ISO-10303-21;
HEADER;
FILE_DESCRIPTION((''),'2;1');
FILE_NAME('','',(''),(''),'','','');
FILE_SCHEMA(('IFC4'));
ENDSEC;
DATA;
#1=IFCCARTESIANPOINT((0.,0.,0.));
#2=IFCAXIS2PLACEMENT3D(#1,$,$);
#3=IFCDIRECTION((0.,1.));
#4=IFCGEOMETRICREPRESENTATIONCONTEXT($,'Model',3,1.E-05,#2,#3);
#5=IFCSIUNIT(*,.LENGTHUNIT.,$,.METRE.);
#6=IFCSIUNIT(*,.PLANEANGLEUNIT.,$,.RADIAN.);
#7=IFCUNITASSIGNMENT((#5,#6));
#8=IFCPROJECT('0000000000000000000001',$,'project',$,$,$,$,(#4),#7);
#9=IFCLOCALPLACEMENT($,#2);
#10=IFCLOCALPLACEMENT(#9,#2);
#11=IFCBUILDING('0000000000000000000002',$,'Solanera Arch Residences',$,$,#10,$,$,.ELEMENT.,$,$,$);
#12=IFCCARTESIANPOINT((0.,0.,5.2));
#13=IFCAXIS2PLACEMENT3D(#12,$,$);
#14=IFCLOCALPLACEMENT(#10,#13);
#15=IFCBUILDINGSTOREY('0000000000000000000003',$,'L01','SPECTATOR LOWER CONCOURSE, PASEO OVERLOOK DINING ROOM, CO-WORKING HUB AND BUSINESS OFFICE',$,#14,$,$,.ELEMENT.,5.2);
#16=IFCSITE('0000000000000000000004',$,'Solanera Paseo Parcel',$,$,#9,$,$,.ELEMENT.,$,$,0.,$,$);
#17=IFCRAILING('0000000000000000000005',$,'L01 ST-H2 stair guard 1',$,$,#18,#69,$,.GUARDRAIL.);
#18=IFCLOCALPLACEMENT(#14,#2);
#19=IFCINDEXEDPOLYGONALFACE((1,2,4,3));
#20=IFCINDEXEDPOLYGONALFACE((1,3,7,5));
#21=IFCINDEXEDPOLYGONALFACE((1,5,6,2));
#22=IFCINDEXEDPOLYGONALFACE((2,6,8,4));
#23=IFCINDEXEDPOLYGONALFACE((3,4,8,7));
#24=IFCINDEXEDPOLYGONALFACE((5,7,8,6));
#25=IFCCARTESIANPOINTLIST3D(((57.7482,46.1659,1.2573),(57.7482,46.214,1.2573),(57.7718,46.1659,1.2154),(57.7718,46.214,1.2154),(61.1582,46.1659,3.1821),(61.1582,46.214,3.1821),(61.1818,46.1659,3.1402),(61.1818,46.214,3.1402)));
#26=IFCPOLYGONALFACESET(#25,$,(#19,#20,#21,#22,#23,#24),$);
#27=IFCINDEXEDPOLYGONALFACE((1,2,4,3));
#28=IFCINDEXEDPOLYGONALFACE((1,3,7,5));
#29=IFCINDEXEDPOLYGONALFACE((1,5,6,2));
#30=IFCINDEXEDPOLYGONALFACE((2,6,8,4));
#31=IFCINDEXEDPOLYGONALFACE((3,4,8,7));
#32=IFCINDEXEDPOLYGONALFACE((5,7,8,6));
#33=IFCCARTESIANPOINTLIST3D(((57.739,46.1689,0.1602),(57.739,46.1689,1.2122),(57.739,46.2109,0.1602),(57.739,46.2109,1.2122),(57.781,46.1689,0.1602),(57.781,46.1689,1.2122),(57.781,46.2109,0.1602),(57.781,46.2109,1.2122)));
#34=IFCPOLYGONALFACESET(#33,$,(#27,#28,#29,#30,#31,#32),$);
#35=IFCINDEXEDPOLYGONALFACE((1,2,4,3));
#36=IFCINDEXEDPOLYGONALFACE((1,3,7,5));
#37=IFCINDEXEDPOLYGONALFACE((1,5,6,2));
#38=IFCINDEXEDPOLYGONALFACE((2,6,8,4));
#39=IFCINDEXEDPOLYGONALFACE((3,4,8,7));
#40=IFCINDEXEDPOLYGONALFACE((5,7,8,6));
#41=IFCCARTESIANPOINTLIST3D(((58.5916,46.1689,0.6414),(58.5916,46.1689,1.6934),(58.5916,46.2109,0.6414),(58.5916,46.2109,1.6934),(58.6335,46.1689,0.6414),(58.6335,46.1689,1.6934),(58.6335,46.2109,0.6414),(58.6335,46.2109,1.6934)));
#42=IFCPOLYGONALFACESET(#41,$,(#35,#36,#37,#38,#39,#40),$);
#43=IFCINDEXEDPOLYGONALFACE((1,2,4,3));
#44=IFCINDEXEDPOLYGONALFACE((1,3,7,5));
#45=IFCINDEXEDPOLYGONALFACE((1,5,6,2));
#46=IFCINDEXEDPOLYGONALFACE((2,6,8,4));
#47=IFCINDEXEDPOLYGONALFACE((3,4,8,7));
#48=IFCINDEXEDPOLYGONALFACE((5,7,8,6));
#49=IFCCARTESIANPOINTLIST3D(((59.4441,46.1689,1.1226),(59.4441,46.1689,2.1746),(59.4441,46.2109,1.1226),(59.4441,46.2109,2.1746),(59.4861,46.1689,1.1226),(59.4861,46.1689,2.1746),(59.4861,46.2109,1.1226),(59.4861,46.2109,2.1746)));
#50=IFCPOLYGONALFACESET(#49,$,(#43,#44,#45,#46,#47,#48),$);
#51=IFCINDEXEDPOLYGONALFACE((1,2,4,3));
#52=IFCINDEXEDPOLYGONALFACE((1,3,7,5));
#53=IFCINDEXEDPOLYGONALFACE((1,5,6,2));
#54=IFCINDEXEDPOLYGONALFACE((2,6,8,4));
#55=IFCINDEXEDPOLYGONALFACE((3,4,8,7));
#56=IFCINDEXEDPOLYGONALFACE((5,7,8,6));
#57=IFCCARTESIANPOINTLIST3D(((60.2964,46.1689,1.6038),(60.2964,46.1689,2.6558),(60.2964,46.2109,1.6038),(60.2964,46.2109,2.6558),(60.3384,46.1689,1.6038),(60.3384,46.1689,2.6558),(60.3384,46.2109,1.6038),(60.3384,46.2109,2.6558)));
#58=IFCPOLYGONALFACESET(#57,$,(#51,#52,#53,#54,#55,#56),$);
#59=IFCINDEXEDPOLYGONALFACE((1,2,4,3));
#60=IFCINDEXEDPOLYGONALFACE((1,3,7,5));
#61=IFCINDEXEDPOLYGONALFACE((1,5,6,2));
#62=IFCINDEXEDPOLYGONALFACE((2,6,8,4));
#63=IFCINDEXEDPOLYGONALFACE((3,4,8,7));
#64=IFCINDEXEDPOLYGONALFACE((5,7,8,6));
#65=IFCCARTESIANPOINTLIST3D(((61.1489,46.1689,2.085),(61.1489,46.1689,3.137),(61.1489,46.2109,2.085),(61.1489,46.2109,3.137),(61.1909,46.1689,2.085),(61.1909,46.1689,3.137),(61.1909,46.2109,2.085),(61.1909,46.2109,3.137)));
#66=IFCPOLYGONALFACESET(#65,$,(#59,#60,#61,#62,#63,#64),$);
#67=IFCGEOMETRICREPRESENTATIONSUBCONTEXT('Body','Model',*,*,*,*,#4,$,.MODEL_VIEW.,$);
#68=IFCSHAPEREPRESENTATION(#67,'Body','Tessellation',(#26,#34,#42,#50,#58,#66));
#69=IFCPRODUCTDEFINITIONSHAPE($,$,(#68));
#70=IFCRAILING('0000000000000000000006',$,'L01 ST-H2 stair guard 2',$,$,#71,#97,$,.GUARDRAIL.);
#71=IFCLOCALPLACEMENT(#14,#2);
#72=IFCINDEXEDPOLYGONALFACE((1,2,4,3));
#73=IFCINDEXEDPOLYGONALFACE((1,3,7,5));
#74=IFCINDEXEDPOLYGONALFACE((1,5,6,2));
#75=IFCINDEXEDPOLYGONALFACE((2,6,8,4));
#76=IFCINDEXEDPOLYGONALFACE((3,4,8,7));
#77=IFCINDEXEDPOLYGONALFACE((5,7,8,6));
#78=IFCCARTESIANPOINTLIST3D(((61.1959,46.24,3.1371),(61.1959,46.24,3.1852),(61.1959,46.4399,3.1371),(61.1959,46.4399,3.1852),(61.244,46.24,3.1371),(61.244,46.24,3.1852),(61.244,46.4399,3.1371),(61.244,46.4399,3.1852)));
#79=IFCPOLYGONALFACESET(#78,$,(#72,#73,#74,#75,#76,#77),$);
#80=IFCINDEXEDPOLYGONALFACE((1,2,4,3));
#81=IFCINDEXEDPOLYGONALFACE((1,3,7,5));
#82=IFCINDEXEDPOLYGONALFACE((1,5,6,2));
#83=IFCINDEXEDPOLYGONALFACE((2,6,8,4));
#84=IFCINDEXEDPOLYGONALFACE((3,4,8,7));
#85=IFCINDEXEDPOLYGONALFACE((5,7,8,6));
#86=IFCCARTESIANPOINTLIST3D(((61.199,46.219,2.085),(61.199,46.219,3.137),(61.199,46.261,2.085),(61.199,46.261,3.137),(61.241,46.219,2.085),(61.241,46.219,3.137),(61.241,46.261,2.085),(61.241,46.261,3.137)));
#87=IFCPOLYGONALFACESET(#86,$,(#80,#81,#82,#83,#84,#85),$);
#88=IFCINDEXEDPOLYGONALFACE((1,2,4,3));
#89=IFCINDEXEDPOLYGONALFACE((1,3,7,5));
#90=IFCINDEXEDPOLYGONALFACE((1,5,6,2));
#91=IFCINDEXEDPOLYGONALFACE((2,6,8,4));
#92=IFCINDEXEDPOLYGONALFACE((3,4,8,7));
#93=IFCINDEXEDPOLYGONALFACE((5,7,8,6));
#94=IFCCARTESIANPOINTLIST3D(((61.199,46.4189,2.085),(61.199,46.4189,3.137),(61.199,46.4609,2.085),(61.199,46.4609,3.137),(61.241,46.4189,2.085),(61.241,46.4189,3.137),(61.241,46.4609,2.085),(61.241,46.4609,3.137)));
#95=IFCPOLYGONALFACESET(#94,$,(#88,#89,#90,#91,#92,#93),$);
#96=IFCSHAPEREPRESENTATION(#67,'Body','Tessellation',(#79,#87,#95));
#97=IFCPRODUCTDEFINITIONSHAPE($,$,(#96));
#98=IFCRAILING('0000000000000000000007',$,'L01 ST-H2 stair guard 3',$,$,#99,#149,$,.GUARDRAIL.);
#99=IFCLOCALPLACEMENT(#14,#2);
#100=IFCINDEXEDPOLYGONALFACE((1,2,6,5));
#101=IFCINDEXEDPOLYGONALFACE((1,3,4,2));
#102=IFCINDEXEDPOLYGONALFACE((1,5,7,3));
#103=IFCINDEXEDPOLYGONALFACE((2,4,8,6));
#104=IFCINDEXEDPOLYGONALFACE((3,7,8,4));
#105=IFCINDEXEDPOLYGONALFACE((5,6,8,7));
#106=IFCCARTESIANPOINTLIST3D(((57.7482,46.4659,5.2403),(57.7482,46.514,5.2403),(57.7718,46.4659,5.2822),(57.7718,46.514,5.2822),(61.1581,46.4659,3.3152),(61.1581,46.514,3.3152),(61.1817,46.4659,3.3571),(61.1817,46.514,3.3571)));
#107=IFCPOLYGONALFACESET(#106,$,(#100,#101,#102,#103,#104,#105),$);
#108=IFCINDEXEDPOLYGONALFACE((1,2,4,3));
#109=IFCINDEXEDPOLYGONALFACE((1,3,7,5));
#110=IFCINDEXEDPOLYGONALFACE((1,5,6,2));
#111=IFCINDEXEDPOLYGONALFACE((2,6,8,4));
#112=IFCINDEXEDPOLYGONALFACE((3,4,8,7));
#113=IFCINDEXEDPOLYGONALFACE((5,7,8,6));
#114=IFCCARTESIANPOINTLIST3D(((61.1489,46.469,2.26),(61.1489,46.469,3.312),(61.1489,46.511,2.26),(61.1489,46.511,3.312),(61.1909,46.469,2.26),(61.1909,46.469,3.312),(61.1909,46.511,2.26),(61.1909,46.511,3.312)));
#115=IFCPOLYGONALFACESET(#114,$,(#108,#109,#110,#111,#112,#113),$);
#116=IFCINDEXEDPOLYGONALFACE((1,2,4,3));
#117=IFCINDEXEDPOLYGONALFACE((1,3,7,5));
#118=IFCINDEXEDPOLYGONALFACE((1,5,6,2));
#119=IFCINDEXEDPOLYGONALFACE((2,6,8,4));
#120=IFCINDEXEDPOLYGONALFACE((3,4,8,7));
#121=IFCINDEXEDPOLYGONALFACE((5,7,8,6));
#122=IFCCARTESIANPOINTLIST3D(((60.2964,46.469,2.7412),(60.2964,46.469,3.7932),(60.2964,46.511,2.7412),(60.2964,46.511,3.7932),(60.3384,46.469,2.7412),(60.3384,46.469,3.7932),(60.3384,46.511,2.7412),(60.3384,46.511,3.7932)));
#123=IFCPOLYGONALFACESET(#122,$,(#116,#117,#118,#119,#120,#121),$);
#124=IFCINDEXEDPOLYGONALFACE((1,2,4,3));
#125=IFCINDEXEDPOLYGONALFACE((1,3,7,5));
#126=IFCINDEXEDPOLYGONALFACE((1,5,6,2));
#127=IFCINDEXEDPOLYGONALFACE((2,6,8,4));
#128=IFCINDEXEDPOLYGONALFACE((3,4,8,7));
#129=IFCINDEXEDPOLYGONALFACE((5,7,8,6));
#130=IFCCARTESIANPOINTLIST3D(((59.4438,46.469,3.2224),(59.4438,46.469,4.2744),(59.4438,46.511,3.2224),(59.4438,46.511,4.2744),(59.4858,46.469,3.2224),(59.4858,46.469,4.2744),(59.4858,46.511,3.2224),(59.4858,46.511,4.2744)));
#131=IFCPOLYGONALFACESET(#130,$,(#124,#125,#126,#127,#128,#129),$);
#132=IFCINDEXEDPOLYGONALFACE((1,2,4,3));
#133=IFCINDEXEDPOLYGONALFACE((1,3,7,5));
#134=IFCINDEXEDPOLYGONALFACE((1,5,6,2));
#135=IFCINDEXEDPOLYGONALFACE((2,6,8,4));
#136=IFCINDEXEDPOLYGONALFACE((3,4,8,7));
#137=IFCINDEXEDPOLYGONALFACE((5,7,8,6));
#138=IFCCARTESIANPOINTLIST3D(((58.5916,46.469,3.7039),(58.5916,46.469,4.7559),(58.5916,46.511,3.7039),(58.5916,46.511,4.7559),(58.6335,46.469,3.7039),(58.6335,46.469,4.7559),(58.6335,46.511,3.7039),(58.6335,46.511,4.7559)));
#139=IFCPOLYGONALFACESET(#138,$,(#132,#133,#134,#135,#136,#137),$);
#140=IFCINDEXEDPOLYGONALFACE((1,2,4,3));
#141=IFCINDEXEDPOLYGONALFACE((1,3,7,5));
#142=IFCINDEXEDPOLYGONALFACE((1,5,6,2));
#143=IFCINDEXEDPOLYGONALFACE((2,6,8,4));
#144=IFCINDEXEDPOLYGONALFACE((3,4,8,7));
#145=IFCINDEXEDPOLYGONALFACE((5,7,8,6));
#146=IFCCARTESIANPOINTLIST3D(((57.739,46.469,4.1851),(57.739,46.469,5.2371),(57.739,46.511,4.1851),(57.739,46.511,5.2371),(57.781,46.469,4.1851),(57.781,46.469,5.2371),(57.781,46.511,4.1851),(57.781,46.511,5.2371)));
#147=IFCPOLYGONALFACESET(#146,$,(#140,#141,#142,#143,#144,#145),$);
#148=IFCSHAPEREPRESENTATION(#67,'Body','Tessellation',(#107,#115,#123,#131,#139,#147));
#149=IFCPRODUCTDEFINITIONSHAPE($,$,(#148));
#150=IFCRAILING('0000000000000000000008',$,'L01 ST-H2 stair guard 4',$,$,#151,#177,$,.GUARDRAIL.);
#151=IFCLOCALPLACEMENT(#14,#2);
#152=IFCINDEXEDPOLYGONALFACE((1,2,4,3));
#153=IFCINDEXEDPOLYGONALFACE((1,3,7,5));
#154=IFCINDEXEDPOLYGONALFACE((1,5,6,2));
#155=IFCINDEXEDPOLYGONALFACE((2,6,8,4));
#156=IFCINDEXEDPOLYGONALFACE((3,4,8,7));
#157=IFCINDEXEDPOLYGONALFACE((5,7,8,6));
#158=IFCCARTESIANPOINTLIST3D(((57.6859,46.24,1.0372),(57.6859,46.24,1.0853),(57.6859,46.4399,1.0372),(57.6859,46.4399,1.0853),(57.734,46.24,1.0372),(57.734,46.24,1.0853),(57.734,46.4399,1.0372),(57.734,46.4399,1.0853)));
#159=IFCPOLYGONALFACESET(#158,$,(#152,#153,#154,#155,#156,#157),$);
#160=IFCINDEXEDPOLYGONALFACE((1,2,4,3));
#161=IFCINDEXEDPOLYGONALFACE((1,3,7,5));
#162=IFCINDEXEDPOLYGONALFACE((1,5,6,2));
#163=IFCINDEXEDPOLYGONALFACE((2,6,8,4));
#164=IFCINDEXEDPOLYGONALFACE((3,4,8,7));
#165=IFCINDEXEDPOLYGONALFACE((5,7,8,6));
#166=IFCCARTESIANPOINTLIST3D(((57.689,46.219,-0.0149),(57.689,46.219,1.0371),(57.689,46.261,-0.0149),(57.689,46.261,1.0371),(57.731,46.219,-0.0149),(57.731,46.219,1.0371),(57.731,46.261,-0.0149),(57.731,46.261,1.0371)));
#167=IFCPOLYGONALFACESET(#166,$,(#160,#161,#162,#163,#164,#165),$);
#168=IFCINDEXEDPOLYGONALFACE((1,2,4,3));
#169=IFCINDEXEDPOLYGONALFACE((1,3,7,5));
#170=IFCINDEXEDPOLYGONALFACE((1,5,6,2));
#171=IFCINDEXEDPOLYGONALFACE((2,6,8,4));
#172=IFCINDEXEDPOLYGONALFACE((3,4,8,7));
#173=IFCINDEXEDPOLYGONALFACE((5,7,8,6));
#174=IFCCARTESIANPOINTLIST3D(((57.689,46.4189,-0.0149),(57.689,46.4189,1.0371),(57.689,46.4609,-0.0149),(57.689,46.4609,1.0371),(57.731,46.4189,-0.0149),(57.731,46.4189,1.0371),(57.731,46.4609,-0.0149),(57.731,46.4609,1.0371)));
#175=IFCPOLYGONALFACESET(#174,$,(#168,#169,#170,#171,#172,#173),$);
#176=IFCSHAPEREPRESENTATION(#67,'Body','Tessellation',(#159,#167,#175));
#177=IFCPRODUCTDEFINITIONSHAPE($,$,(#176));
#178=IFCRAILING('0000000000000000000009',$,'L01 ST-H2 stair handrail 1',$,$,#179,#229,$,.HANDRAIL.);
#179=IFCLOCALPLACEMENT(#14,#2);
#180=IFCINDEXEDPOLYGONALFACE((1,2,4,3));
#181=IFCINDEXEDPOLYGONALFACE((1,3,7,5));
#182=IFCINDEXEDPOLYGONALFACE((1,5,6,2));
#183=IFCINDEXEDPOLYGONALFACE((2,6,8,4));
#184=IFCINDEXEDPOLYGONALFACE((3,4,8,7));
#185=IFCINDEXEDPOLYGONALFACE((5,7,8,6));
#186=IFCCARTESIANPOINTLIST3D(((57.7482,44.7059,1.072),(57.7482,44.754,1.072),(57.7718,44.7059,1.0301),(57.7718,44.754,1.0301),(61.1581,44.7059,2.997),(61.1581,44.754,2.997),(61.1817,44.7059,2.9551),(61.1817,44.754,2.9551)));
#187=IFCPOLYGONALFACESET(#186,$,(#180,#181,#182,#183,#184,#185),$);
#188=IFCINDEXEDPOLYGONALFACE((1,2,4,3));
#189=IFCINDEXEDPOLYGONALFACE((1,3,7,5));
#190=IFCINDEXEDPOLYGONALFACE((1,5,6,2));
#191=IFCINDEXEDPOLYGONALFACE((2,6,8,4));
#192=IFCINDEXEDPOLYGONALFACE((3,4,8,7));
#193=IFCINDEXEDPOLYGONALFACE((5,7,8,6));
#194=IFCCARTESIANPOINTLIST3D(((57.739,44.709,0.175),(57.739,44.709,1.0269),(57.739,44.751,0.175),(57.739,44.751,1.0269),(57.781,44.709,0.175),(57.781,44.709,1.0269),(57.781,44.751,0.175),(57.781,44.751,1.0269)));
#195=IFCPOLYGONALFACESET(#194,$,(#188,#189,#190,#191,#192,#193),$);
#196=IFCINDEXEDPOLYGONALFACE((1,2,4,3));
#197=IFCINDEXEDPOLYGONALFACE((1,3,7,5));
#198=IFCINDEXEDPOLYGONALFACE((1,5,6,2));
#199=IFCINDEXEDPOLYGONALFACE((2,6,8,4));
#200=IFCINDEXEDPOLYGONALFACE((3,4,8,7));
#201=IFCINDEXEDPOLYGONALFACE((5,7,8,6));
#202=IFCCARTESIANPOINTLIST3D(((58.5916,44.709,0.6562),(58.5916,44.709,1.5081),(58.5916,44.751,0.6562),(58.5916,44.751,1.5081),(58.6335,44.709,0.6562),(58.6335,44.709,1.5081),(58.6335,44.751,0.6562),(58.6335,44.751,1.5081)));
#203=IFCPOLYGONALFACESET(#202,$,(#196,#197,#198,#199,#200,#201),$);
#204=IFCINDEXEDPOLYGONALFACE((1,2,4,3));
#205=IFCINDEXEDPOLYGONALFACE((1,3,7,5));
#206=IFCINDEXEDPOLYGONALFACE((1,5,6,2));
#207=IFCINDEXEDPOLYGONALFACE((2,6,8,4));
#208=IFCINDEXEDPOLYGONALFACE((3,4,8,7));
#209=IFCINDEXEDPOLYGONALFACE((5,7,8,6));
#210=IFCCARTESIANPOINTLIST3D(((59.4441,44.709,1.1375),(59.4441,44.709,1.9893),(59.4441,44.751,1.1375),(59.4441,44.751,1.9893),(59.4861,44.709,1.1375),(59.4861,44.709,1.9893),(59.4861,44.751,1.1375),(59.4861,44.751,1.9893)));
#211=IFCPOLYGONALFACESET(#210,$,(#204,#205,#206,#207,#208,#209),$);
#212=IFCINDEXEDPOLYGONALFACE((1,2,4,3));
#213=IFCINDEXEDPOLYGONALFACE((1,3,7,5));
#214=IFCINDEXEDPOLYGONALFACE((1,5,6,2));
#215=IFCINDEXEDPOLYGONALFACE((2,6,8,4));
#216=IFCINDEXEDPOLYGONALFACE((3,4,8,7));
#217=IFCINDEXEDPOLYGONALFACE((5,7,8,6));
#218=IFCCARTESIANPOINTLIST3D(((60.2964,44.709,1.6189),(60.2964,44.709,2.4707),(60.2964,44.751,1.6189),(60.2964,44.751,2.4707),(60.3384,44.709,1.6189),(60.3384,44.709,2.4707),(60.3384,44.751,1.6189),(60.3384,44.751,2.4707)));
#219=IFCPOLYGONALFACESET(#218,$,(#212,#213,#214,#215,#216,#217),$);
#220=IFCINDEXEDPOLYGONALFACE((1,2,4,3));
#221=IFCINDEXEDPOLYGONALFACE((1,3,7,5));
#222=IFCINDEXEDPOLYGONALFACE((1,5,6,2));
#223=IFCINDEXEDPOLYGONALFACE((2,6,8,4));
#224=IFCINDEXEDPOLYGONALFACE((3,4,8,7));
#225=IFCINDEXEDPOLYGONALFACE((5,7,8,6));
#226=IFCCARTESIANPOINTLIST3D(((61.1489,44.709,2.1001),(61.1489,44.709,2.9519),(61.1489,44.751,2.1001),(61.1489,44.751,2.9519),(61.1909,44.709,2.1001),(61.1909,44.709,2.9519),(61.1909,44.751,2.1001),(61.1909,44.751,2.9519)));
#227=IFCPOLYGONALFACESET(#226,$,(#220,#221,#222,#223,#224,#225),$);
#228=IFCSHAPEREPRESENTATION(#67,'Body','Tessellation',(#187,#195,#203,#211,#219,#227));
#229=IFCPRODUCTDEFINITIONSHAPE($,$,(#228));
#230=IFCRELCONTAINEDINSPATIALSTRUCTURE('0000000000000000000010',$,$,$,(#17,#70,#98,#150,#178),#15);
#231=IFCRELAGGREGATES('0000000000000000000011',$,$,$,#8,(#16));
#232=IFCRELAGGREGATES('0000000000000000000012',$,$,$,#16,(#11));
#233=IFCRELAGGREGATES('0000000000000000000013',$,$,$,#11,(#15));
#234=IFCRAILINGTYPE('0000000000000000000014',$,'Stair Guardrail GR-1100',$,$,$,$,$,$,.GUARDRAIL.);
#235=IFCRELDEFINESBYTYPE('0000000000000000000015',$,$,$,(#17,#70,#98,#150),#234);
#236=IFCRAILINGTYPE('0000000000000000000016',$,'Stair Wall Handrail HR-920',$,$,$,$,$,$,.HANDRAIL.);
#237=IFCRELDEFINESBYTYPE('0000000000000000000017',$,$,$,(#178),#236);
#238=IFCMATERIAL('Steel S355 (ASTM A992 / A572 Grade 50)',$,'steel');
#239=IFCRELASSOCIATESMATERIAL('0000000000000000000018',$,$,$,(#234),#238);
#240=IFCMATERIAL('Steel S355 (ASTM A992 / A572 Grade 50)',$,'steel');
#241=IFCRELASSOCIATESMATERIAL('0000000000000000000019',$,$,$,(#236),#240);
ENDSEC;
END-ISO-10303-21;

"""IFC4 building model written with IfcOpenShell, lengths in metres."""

from ifc_helpers import new_model, si_unit, direction, frame, origin, origin_2d, place, context, subcontext, project, spatial, rectangle, extrude, material, type_object, element, save


model = new_model("IFC4")

# Units and contexts
model_context = context("Model", 3, precision=1e-05, world=origin(), true_north=direction((0.0, 1.0)))
body_context = subcontext(model_context, "Body", "Model", "MODEL_VIEW")
ifc_project = project(units=[si_unit("LENGTHUNIT", "METRE"), si_unit("PLANEANGLEUNIT", "RADIAN")], contexts=[model_context])

# Site, building, storey
site_placement = place(None, origin())
site = spatial("IfcSite", under=ifc_project, at=site_placement, Name="Solanera Paseo Parcel", CompositionType="ELEMENT", RefElevation=0.0)
building_placement = place(site_placement, origin())
building = spatial("IfcBuilding", under=site, at=building_placement, Name="Solanera Arch Residences", CompositionType="ELEMENT")
storey_placement = place(building_placement, frame((0.0, 0.0, 5.2)))
storey = spatial("IfcBuildingStorey", under=building, at=storey_placement, Name="L01", Description="SPECTATOR LOWER CONCOURSE, PASEO OVERLOOK DINING ROOM, CO-WORKING HUB AND BUSINESS OFFICE", CompositionType="ELEMENT", Elevation=5.2)

# Railings
ifc_material_1 = material(Name="Steel S355 (ASTM A992 / A572 Grade 50)", Category="steel")
railing_type_1 = type_object("IfcRailingType", Name="Stair Guardrail GR-1100", PredefinedType="GUARDRAIL", material=ifc_material_1)
railing_1_placement = place(storey_placement, frame((57.76, 46.1899, 0.1602)))
element("IfcRailing", 1, at=railing_1_placement, inside=storey, type_object=railing_type_1, Name="L01 ST-H2 stair guard 1", PredefinedType="GUARDRAIL", context=body_context, shape_type="SweptSolid", body=[
    extrude(rectangle(XDim=0.0481, YDim=0.0481, at=origin_2d()), frame((0.0, 0.0, 1.0762), z_axis=(0.87084, 0.0, 0.491566), x_axis=(0.0, 1.0, 0.0)), (0.0, 0.0, 1.0), 3.9158),
    extrude(rectangle(XDim=0.042, YDim=0.042, at=origin_2d()), origin(), (0.0, 0.0, 1.0), 1.052),
    extrude(rectangle(XDim=0.042, YDim=0.042, at=origin_2d()), frame((0.8525, 0.0, 0.4812)), (0.0, 0.0, 1.0), 1.052),
    extrude(rectangle(XDim=0.042, YDim=0.042, at=origin_2d()), frame((1.7051, 0.0, 0.9624)), (0.0, 0.0, 1.0), 1.052),
    extrude(rectangle(XDim=0.042, YDim=0.042, at=origin_2d()), frame((2.5574, 0.0, 1.4436)), (0.0, 0.0, 1.0), 1.052),
    extrude(rectangle(XDim=0.042, YDim=0.042, at=origin_2d()), frame((3.4099, 0.0, 1.9248)), (0.0, 0.0, 1.0), 1.052),
])
railing_2_placement = place(storey_placement, frame((61.22, 46.24, 2.085)))
element("IfcRailing", 2, at=railing_2_placement, inside=storey, type_object=railing_type_1, Name="L01 ST-H2 stair guard 2", PredefinedType="GUARDRAIL", context=body_context, shape_type="SweptSolid", body=[
    extrude(rectangle(XDim=0.0481, YDim=0.0481, at=origin_2d()), frame((0.0, 0.0, 1.0762), z_axis=(0.0, 1.0, 0.0), x_axis=(-1.0, 0.0, 0.0)), (0.0, 0.0, 1.0), 0.2),
    extrude(rectangle(XDim=0.042, YDim=0.042, at=origin_2d()), origin(), (0.0, 0.0, 1.0), 1.052),
    extrude(rectangle(XDim=0.042, YDim=0.042, at=origin_2d()), frame((0.0, 0.2, 0.0)), (0.0, 0.0, 1.0), 1.052),
])
railing_3_placement = place(storey_placement, frame((61.1699, 46.49, 2.26)))
element("IfcRailing", 3, at=railing_3_placement, inside=storey, type_object=railing_type_1, Name="L01 ST-H2 stair guard 3", PredefinedType="GUARDRAIL", context=body_context, shape_type="SweptSolid", body=[
    extrude(rectangle(XDim=0.0481, YDim=0.0481, at=origin_2d()), frame((0.0, 0.0, 1.0762), z_axis=(-0.870814, 0.0, 0.491613), x_axis=(0.0, -1.0, 0.0)), (0.0, 0.0, 1.0), 3.9158),
    extrude(rectangle(XDim=0.042, YDim=0.042, at=origin_2d()), origin(), (0.0, 0.0, 1.0), 1.052),
    extrude(rectangle(XDim=0.042, YDim=0.042, at=origin_2d()), frame((-0.8525, 0.0, 0.4812)), (0.0, 0.0, 1.0), 1.052),
    extrude(rectangle(XDim=0.042, YDim=0.042, at=origin_2d()), frame((-1.7051, 0.0, 0.9624)), (0.0, 0.0, 1.0), 1.052),
    extrude(rectangle(XDim=0.042, YDim=0.042, at=origin_2d()), frame((-2.5574, 0.0, 1.4438)), (0.0, 0.0, 1.0), 1.052),
    extrude(rectangle(XDim=0.042, YDim=0.042, at=origin_2d()), frame((-3.4099, 0.0, 1.925)), (0.0, 0.0, 1.0), 1.052),
])
railing_4_placement = place(storey_placement, frame((57.71, 46.24, -0.0149)))
element("IfcRailing", 4, at=railing_4_placement, inside=storey, type_object=railing_type_1, Name="L01 ST-H2 stair guard 4", PredefinedType="GUARDRAIL", context=body_context, shape_type="SweptSolid", body=[
    extrude(rectangle(XDim=0.0481, YDim=0.0481, at=origin_2d()), frame((0.0, 0.0, 1.0762), z_axis=(0.0, 1.0, 0.0), x_axis=(-1.0, 0.0, 0.0)), (0.0, 0.0, 1.0), 0.2),
    extrude(rectangle(XDim=0.042, YDim=0.042, at=origin_2d()), origin(), (0.0, 0.0, 1.0), 1.052),
    extrude(rectangle(XDim=0.042, YDim=0.042, at=origin_2d()), frame((0.0, 0.2, 0.0)), (0.0, 0.0, 1.0), 1.052),
])
ifc_material_2 = material(Name="Steel S355 (ASTM A992 / A572 Grade 50)", Category="steel")
railing_type_2 = type_object("IfcRailingType", Name="Stair Wall Handrail HR-920", PredefinedType="HANDRAIL", material=ifc_material_2)
railing_5_placement = place(storey_placement, frame((57.76, 44.73, 0.175)))
element("IfcRailing", 5, at=railing_5_placement, inside=storey, type_object=railing_type_2, Name="L01 ST-H2 stair handrail 1", PredefinedType="HANDRAIL", context=body_context, shape_type="SweptSolid", body=[
    extrude(rectangle(XDim=0.0481, YDim=0.0481, at=origin_2d()), frame((0.0, 0.0, 0.876), z_axis=(0.870814, 0.0, 0.491613), x_axis=(0.0, 1.0, 0.0)), (0.0, 0.0, 1.0), 3.9158),
    extrude(rectangle(XDim=0.042, YDim=0.042, at=origin_2d()), origin(), (0.0, 0.0, 1.0), 0.8518),
    extrude(rectangle(XDim=0.042, YDim=0.042, at=origin_2d()), frame((0.8525, 0.0, 0.4812)), (0.0, 0.0, 1.0), 0.8518),
    extrude(rectangle(XDim=0.042, YDim=0.042, at=origin_2d()), frame((1.7051, 0.0, 0.9624)), (0.0, 0.0, 1.0), 0.8518),
    extrude(rectangle(XDim=0.042, YDim=0.042, at=origin_2d()), frame((2.5574, 0.0, 1.4438)), (0.0, 0.0, 1.0), 0.8518),
    extrude(rectangle(XDim=0.042, YDim=0.042, at=origin_2d()), frame((3.4099, 0.0, 1.925)), (0.0, 0.0, 1.0), 0.8518),
])

save(model, "model.ifc")
